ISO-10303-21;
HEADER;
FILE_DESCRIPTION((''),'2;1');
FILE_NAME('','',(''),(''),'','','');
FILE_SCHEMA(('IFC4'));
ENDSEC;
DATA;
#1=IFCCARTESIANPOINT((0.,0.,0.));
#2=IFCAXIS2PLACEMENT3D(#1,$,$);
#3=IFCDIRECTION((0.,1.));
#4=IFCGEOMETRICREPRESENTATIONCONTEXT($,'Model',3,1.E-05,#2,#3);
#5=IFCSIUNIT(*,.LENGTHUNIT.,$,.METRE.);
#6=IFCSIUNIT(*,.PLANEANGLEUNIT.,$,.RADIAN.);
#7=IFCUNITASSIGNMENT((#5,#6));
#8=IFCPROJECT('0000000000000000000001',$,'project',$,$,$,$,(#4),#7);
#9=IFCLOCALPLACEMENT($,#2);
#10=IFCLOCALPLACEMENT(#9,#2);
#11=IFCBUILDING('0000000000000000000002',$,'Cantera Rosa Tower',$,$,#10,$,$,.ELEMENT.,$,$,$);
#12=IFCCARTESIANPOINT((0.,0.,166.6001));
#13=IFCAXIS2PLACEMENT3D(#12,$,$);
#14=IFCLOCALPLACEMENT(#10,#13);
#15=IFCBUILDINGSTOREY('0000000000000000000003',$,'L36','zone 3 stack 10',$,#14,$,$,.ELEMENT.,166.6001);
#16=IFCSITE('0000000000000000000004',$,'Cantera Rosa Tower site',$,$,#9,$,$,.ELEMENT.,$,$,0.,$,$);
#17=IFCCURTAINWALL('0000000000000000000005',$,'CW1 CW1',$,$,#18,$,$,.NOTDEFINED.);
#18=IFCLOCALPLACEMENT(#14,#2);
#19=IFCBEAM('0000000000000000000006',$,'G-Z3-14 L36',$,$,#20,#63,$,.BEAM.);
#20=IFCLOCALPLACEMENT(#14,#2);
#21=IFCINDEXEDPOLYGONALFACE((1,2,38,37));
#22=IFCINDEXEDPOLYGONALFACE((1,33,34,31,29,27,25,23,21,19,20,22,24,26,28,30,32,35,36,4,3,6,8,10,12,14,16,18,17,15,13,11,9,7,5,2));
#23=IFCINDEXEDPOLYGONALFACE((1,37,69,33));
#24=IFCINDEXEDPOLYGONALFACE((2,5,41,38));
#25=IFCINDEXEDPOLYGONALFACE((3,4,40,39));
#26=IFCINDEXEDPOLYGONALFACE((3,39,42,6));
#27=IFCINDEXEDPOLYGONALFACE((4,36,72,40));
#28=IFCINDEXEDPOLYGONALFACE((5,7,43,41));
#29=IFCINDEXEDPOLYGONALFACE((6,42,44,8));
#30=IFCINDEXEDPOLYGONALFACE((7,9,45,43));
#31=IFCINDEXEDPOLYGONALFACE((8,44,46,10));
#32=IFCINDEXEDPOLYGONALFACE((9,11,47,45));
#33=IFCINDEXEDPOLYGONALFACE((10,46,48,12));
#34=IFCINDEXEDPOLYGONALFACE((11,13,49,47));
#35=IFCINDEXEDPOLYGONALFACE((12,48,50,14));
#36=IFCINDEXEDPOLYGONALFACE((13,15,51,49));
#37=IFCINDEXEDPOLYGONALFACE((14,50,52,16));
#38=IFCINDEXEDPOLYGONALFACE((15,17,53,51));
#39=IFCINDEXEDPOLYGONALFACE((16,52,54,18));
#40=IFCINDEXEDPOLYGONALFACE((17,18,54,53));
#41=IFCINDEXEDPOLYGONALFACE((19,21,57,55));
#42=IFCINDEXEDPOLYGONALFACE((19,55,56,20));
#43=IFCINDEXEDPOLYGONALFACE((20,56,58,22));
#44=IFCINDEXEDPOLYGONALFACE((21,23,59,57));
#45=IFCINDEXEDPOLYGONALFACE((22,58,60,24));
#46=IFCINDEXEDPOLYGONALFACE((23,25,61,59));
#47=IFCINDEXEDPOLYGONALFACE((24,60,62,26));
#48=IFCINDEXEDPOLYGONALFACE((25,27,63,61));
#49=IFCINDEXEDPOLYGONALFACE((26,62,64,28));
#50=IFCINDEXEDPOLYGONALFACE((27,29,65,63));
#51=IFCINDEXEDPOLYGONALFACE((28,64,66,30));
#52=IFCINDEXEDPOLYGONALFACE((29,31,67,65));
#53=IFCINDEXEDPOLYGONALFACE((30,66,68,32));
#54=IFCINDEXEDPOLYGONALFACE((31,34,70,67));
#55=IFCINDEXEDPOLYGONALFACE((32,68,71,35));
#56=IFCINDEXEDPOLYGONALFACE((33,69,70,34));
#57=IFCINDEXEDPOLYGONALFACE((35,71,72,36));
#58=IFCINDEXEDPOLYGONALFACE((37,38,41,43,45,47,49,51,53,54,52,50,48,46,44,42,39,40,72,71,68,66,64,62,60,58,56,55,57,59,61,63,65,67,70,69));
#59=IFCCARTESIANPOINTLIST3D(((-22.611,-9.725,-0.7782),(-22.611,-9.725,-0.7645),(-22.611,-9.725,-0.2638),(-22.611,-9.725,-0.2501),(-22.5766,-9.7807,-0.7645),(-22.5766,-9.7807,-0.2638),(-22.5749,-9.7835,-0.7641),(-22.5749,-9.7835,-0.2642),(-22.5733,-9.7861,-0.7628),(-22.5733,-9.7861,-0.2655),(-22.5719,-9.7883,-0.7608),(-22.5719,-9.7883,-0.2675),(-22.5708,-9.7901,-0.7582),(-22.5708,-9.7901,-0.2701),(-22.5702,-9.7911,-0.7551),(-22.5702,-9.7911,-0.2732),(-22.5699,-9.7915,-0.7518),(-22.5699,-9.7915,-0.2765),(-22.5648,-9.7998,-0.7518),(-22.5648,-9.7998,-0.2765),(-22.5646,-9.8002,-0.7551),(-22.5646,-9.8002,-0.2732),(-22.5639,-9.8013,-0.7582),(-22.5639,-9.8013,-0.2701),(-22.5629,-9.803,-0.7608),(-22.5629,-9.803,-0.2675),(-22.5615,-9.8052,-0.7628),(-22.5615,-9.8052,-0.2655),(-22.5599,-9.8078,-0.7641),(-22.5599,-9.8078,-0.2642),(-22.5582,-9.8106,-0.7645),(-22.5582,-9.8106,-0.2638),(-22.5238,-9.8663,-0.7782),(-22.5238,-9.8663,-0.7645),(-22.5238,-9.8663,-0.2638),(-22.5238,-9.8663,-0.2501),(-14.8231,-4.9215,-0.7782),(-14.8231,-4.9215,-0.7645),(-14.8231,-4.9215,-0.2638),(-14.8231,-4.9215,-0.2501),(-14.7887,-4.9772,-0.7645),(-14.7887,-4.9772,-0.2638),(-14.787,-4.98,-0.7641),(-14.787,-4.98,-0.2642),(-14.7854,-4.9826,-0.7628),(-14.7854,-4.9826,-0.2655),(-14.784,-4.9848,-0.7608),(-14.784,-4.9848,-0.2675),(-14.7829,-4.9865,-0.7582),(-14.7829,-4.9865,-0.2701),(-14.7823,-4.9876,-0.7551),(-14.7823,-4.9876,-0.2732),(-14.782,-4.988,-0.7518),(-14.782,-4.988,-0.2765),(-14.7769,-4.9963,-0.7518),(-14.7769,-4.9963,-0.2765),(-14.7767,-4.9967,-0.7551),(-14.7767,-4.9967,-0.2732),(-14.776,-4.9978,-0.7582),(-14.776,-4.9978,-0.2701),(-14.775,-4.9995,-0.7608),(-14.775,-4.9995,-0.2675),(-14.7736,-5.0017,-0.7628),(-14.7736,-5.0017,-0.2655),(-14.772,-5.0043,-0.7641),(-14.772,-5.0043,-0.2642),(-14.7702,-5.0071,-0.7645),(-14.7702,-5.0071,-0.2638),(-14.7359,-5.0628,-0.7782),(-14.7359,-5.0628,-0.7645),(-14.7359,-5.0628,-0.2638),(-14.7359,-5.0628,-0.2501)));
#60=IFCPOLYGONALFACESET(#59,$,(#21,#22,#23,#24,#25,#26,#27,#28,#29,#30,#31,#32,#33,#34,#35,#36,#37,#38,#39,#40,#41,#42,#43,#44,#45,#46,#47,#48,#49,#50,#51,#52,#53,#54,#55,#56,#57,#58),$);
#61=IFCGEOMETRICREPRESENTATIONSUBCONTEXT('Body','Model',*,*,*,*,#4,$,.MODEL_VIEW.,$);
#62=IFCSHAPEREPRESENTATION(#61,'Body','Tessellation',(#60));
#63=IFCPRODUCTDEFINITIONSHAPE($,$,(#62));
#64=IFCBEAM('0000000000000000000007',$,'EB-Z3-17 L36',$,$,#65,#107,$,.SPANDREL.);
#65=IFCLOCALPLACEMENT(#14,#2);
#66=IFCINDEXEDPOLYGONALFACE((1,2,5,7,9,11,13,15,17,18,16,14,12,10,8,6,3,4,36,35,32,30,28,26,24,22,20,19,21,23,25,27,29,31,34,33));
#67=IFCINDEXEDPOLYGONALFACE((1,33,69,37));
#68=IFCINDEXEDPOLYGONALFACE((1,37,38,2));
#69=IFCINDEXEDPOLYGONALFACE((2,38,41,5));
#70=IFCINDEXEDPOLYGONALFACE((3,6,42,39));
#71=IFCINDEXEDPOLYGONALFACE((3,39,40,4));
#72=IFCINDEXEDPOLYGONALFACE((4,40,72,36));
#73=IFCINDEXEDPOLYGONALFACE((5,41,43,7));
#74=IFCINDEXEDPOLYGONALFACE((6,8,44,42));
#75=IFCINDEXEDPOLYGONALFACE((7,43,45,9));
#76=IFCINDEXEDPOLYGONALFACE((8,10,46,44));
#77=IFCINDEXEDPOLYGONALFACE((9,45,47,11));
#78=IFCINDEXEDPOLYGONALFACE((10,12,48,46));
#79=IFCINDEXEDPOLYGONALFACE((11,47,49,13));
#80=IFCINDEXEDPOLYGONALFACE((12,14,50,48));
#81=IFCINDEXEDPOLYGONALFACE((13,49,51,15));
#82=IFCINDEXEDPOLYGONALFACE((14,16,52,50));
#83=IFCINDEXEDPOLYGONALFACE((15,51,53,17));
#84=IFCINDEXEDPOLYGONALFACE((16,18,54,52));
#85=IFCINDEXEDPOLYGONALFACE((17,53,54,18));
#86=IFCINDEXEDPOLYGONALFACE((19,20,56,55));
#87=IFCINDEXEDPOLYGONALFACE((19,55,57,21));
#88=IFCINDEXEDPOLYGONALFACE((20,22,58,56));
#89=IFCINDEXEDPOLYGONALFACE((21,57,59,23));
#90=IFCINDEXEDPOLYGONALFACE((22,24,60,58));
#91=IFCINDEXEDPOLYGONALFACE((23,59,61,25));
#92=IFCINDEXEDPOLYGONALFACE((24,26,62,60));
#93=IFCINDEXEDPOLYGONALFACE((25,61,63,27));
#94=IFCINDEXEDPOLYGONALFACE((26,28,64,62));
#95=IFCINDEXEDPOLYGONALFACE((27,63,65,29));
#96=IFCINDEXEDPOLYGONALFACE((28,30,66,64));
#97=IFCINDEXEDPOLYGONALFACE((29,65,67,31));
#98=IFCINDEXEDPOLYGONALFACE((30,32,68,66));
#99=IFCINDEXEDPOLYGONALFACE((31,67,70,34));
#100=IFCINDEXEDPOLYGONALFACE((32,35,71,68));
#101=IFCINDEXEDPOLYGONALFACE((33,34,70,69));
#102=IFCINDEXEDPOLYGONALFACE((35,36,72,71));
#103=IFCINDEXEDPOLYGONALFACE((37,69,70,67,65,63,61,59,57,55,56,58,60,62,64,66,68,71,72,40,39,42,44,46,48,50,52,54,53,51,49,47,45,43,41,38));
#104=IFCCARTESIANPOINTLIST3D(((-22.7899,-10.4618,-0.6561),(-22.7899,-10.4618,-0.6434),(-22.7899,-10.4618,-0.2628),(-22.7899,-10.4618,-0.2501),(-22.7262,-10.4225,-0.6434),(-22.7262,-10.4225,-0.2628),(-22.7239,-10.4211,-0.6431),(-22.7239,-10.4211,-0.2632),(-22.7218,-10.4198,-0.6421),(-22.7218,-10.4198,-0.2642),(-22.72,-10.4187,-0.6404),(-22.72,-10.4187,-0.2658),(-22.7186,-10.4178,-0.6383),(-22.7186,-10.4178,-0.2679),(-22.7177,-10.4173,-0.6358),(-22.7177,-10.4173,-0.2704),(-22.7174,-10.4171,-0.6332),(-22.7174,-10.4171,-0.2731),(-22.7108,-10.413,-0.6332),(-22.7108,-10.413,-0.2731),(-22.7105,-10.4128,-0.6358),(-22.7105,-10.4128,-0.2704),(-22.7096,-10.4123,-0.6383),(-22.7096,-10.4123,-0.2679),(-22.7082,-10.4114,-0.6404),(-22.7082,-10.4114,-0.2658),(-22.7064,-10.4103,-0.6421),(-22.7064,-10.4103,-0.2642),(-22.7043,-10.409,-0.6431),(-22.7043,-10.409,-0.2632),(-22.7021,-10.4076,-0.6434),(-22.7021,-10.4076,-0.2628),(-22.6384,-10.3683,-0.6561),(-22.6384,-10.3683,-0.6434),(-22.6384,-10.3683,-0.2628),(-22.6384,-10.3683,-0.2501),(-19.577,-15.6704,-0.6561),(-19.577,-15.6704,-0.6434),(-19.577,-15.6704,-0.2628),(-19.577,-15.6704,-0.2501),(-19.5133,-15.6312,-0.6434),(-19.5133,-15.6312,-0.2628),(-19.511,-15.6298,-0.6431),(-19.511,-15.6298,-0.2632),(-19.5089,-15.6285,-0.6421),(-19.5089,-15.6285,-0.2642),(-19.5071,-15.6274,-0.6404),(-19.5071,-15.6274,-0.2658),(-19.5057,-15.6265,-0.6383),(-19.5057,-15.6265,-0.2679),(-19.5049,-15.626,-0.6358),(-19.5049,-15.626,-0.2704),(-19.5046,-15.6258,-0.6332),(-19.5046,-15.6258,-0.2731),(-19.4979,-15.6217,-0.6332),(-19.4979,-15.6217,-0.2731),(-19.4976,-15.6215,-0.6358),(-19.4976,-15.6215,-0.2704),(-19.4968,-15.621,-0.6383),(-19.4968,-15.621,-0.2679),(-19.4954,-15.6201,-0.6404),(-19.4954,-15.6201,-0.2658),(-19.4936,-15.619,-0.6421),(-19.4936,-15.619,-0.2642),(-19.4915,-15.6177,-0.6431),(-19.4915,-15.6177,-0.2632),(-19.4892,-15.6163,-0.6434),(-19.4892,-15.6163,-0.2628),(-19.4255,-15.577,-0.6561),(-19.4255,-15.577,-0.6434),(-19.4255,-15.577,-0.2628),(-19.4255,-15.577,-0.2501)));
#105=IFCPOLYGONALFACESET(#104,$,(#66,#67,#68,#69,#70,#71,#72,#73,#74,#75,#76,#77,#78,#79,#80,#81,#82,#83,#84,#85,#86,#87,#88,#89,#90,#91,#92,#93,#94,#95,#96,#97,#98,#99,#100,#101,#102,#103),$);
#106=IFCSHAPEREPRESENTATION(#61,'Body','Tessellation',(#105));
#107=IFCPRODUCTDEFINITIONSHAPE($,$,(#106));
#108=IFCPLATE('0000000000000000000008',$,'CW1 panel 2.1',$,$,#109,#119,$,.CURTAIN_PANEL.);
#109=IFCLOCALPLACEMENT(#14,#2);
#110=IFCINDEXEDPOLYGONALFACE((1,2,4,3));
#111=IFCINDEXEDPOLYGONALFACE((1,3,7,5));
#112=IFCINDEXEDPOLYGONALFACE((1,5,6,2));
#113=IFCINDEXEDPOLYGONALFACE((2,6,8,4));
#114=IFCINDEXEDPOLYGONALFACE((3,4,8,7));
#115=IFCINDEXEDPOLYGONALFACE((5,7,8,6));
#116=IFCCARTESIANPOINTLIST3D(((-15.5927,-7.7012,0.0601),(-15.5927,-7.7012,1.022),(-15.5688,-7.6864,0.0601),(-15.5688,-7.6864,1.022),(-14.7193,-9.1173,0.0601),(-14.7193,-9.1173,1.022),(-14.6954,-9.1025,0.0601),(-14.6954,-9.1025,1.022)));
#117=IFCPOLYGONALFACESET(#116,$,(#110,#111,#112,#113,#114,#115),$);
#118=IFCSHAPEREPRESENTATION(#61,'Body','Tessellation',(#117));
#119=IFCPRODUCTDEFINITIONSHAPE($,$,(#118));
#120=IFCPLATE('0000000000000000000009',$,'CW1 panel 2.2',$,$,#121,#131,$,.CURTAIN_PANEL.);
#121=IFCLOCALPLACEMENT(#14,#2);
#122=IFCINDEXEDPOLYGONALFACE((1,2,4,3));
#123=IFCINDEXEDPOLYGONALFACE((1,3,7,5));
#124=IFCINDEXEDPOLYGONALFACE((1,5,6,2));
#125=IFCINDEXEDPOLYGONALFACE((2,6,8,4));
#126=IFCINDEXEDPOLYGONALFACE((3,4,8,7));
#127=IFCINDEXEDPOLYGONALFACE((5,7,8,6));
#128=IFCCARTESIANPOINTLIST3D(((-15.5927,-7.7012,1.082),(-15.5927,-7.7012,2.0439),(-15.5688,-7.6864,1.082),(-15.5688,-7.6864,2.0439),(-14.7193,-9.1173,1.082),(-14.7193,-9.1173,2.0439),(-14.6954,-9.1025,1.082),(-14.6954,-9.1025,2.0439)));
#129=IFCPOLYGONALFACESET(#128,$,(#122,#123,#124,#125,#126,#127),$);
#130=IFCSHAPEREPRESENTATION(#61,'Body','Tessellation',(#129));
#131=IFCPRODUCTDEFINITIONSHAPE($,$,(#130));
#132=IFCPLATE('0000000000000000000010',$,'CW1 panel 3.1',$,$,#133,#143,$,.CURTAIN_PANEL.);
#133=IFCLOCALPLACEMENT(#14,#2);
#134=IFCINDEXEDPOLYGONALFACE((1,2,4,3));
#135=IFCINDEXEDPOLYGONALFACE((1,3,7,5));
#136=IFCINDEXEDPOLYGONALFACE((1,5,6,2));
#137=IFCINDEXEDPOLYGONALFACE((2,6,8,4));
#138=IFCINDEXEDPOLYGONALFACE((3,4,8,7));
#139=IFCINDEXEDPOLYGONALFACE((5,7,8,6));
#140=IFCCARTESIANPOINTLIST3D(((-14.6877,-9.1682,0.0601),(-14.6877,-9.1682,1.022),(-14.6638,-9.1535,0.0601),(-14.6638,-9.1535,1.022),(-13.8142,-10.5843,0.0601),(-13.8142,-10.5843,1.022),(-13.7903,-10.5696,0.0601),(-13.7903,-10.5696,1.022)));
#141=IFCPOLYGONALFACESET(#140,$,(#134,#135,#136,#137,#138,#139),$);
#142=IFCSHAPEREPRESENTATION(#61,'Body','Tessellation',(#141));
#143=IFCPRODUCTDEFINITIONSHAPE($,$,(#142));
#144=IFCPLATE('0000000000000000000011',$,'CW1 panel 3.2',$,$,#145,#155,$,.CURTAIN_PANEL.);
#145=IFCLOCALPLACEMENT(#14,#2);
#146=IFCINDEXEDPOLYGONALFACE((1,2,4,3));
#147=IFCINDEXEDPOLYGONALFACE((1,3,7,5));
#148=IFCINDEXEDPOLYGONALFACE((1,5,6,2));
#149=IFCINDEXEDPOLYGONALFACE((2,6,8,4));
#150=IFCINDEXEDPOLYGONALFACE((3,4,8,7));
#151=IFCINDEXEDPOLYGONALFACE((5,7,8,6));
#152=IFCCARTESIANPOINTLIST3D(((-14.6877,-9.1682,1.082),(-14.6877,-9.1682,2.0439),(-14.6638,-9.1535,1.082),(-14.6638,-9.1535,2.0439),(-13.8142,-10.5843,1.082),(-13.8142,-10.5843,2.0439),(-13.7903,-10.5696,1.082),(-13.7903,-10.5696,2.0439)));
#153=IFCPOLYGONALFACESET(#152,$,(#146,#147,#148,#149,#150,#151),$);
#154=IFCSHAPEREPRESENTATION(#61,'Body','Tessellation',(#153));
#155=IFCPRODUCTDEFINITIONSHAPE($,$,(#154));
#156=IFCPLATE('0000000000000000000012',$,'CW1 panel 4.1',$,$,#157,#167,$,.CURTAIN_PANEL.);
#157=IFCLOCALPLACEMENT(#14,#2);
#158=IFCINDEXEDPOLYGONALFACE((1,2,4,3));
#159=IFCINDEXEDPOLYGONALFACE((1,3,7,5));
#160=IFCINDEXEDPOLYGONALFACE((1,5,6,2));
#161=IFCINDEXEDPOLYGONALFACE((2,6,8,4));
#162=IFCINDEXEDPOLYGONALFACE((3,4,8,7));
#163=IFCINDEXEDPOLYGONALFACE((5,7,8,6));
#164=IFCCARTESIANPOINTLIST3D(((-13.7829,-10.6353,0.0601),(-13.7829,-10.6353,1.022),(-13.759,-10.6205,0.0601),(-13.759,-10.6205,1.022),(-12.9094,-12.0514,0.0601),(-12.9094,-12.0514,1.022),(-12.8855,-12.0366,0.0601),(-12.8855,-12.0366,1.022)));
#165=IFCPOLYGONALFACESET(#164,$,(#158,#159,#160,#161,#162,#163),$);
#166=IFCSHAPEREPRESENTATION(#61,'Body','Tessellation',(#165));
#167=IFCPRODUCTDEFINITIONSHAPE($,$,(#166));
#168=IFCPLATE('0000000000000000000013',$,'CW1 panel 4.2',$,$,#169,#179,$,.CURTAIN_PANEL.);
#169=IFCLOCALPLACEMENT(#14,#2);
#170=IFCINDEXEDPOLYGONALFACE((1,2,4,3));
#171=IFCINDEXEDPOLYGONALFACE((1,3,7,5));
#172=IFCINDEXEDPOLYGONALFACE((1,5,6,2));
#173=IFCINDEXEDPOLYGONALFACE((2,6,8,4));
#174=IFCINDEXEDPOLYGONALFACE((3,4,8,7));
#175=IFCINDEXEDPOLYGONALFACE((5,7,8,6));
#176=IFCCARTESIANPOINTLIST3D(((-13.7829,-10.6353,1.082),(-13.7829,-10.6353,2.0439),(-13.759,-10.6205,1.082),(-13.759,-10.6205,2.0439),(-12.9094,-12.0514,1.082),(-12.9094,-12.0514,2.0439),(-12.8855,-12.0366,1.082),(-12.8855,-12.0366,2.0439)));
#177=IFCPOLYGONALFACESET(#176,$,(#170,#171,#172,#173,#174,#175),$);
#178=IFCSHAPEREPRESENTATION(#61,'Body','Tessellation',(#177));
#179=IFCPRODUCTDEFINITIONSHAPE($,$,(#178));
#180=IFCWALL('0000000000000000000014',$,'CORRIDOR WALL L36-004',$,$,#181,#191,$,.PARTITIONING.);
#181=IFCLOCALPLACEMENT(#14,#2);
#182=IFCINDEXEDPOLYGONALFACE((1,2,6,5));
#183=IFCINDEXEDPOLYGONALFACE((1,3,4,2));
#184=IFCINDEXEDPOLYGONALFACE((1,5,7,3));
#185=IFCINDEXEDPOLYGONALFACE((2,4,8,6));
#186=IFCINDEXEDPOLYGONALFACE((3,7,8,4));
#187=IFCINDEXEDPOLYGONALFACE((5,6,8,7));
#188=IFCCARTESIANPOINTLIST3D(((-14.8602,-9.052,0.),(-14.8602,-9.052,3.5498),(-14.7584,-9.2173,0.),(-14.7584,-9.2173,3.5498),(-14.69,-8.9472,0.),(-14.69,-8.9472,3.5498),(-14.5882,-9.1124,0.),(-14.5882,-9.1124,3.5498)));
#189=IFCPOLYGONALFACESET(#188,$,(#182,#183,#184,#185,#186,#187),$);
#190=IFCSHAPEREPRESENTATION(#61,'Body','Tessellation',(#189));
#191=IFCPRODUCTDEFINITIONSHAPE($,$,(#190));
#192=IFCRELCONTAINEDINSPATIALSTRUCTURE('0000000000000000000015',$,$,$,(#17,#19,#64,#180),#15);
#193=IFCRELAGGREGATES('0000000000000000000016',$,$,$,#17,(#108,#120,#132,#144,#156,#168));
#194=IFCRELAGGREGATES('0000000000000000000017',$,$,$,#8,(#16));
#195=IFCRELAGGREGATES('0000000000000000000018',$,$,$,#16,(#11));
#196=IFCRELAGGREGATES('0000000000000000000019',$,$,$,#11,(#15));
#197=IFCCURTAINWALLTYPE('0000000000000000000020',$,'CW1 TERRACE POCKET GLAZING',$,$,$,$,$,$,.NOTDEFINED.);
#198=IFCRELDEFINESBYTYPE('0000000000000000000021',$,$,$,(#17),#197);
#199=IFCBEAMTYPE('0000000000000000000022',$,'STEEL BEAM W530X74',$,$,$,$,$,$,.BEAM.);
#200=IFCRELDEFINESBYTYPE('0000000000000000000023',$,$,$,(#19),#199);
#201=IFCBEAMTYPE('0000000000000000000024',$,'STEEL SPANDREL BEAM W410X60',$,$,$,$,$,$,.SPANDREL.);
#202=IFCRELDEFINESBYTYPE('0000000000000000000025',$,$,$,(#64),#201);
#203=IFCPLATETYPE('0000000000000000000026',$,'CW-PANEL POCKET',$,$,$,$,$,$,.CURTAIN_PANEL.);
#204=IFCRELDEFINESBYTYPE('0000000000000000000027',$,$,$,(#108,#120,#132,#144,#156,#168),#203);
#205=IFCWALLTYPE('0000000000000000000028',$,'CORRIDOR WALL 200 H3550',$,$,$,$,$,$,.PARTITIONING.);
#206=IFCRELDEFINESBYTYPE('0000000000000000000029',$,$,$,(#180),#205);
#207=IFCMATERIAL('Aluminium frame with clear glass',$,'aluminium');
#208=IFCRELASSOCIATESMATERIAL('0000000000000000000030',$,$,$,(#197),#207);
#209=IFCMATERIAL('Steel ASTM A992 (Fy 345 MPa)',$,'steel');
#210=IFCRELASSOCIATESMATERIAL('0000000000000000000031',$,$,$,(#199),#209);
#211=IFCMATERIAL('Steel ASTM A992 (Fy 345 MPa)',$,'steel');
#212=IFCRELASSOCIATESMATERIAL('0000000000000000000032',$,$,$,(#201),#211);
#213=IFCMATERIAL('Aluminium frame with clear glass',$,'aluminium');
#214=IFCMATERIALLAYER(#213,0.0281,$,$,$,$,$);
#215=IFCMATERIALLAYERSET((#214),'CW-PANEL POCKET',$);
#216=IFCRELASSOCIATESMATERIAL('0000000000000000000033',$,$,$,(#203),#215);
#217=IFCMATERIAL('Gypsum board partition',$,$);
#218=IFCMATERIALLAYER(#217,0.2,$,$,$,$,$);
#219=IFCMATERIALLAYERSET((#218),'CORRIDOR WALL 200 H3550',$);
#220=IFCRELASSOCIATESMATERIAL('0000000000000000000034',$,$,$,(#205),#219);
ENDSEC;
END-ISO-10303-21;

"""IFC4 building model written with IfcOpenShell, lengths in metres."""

from ifc_helpers import new_model, si_unit, direction, frame, frame_2d, origin, origin_2d, place, context, subcontext, project, spatial, rectangle, i_section, extrude, material, layer, layer_set, material_profile, profile_set, type_object, element, aggregate, save


model = new_model("IFC4")

# Units and contexts
model_context = context("Model", 3, precision=1e-05, world=origin(), true_north=direction((0.0, 1.0)))
body_context = subcontext(model_context, "Body", "Model", "MODEL_VIEW")
ifc_project = project(units=[si_unit("LENGTHUNIT", "METRE"), si_unit("PLANEANGLEUNIT", "RADIAN")], contexts=[model_context])

# Site, building, storey
site_placement = place(None, origin())
site = spatial("IfcSite", under=ifc_project, at=site_placement, Name="Cantera Rosa Tower site", CompositionType="ELEMENT", RefElevation=0.0)
building_placement = place(site_placement, origin())
building = spatial("IfcBuilding", under=site, at=building_placement, Name="Cantera Rosa Tower", CompositionType="ELEMENT")
storey_placement = place(building_placement, frame((0.0, 0.0, 166.6001)))
storey = spatial("IfcBuildingStorey", under=building, at=storey_placement, Name="L36", Description="zone 3 stack 10", CompositionType="ELEMENT", Elevation=166.6001)

# Curtain wall
ifc_material_1 = material(Name="Aluminium frame with clear glass", Category="aluminium")
curtain_wall_type = type_object("IfcCurtainWallType", Name="CW1 TERRACE POCKET GLAZING", PredefinedType="NOTDEFINED", material=ifc_material_1)
curtain_wall_placement = place(storey_placement, origin())
curtain_wall = element("IfcCurtainWall", 1, at=curtain_wall_placement, inside=storey, type_object=curtain_wall_type, Name="CW1 CW1", PredefinedType="NOTDEFINED")

# Beams
ifc_material_2 = material(Name="Steel ASTM A992 (Fy 345 MPa)", Category="steel")
ifc_material_profile_1 = material_profile(ifc_material_2, i_section(OverallWidth=0.166, OverallDepth=0.5281, WebThickness=0.0098, FlangeThickness=0.0137, FilletRadius=0.0127, at=origin_2d()), Name="W530X74")
ifc_profile_set_1 = profile_set([ifc_material_profile_1], Name="Steel ASTM A992 (Fy 345 MPa)")
beam_type_1 = type_object("IfcBeamType", Name="STEEL BEAM W530X74", PredefinedType="BEAM", material=ifc_profile_set_1)
beam_1_placement = place(storey_placement, frame((-22.5674, -9.7957, -0.5142), z_axis=(0.851124, 0.524965, 0.0), x_axis=(-0.524965, 0.851124, 0.0)))
element("IfcBeam", 2, at=beam_1_placement, inside=storey, type_object=beam_type_1, Name="G-Z3-14 L36", PredefinedType="BEAM", context=body_context, shape_type="SweptSolid", body=[
    extrude(i_section(OverallWidth=0.166, OverallDepth=0.5281, WebThickness=0.0098, FlangeThickness=0.0137, FilletRadius=0.0127, at=origin_2d()), origin(), (0.0, 0.0, 1.0), 9.1501),
])
ifc_material_3 = material(Name="Steel ASTM A992 (Fy 345 MPa)", Category="steel")
ifc_material_profile_2 = material_profile(ifc_material_3, i_section(OverallWidth=0.178, OverallDepth=0.406, WebThickness=0.0078, FlangeThickness=0.0127, FilletRadius=0.0103, at=origin_2d()), Name="W410X60")
ifc_profile_set_2 = profile_set([ifc_material_profile_2], Name="Steel ASTM A992 (Fy 345 MPa)")
beam_type_2 = type_object("IfcBeamType", Name="STEEL SPANDREL BEAM W410X60", PredefinedType="SPANDREL", material=ifc_profile_set_2)
beam_2_placement = place(storey_placement, frame((-22.7141, -10.415, -0.4531), z_axis=(0.524987, -0.85111, 0.0), x_axis=(0.85111, 0.524987, 0.0)))
element("IfcBeam", 3, at=beam_2_placement, inside=storey, type_object=beam_type_2, Name="EB-Z3-17 L36", PredefinedType="SPANDREL", context=body_context, shape_type="SweptSolid", body=[
    extrude(i_section(OverallWidth=0.178, OverallDepth=0.406, WebThickness=0.0078, FlangeThickness=0.0127, FilletRadius=0.0103, at=origin_2d()), origin(), (0.0, 0.0, 1.0), 6.1199),
])

# Plates
ifc_material_4 = material(Name="Aluminium frame with clear glass", Category="aluminium")
ifc_layer_1 = layer(ifc_material_4, 0.0281)
ifc_layer_set_1 = layer_set([ifc_layer_1], Name="CW-PANEL POCKET")
plate_type = type_object("IfcPlateType", Name="CW-PANEL POCKET", PredefinedType="CURTAIN_PANEL", material=ifc_layer_set_1)
plate_1_placement = place(storey_placement, frame((-15.144, -8.4019, 0.0601), z_axis=(0.0, 0.0, 1.0), x_axis=(0.524977, -0.851117, 0.0)))
plate_1 = element("IfcPlate", 4, at=plate_1_placement, type_object=plate_type, Name="CW1 panel 2.1", PredefinedType="CURTAIN_PANEL", context=body_context, shape_type="SweptSolid", body=[
    extrude(rectangle(XDim=1.6638, YDim=0.0281, at=origin_2d()), origin(), (0.0, 0.0, 1.0), 0.9619),
])
plate_2_placement = place(storey_placement, frame((-15.144, -8.4019, 1.082), z_axis=(0.0, 0.0, 1.0), x_axis=(0.524977, -0.851117, 0.0)))
plate_2 = element("IfcPlate", 5, at=plate_2_placement, type_object=plate_type, Name="CW1 panel 2.2", PredefinedType="CURTAIN_PANEL", context=body_context, shape_type="SweptSolid", body=[
    extrude(rectangle(XDim=1.6638, YDim=0.0281, at=origin_2d()), origin(), (0.0, 0.0, 1.0), 0.9619),
])
plate_3_placement = place(storey_placement, frame((-14.239, -9.8689, 0.0601), z_axis=(0.0, 0.0, 1.0), x_axis=(0.524977, -0.851117, 0.0)))
plate_3 = element("IfcPlate", 6, at=plate_3_placement, type_object=plate_type, Name="CW1 panel 3.1", PredefinedType="CURTAIN_PANEL", context=body_context, shape_type="SweptSolid", body=[
    extrude(rectangle(XDim=1.6638, YDim=0.0281, at=origin_2d()), origin(), (0.0, 0.0, 1.0), 0.9619),
])
plate_4_placement = place(storey_placement, frame((-14.239, -9.8689, 1.082), z_axis=(0.0, 0.0, 1.0), x_axis=(0.524977, -0.851117, 0.0)))
plate_4 = element("IfcPlate", 7, at=plate_4_placement, type_object=plate_type, Name="CW1 panel 3.2", PredefinedType="CURTAIN_PANEL", context=body_context, shape_type="SweptSolid", body=[
    extrude(rectangle(XDim=1.6638, YDim=0.0281, at=origin_2d()), origin(), (0.0, 0.0, 1.0), 0.9619),
])
plate_5_placement = place(storey_placement, frame((-13.3342, -11.3359, 0.0601), z_axis=(0.0, 0.0, 1.0), x_axis=(0.524977, -0.851117, 0.0)))
plate_5 = element("IfcPlate", 8, at=plate_5_placement, type_object=plate_type, Name="CW1 panel 4.1", PredefinedType="CURTAIN_PANEL", context=body_context, shape_type="SweptSolid", body=[
    extrude(rectangle(XDim=1.6638, YDim=0.0281, at=origin_2d()), origin(), (0.0, 0.0, 1.0), 0.9619),
])
plate_6_placement = place(storey_placement, frame((-13.3342, -11.3359, 1.082), z_axis=(0.0, 0.0, 1.0), x_axis=(0.524977, -0.851117, 0.0)))
plate_6 = element("IfcPlate", 9, at=plate_6_placement, type_object=plate_type, Name="CW1 panel 4.2", PredefinedType="CURTAIN_PANEL", context=body_context, shape_type="SweptSolid", body=[
    extrude(rectangle(XDim=1.6638, YDim=0.0281, at=origin_2d()), origin(), (0.0, 0.0, 1.0), 0.9619),
])
aggregate(curtain_wall, [plate_1, plate_2, plate_3, plate_4, plate_5, plate_6])

# Wall
ifc_material_5 = material(Name="Gypsum board partition")
ifc_layer_2 = layer(ifc_material_5, 0.2)
ifc_layer_set_2 = layer_set([ifc_layer_2], Name="CORRIDOR WALL 200 H3550")
wall_type_1 = type_object("IfcWallType", Name="CORRIDOR WALL 200 H3550", PredefinedType="PARTITIONING", material=ifc_layer_set_2)
wall_1_placement = place(storey_placement, frame((-14.7751, -8.9995, 0.0), z_axis=(0.0, 0.0, 1.0), x_axis=(0.524448, -0.851442, 0.0)))
element("IfcWall", 10, at=wall_1_placement, inside=storey, type_object=wall_type_1, Name="CORRIDOR WALL L36-004", PredefinedType="PARTITIONING", context=body_context, shape_type="SweptSolid", body=[
    extrude(rectangle(XDim=0.1941, YDim=0.2, at=frame_2d((0.0972, 0.0))), origin(), (0.0, 0.0, 1.0), 3.5498),
])

save(model, "model.ifc")
